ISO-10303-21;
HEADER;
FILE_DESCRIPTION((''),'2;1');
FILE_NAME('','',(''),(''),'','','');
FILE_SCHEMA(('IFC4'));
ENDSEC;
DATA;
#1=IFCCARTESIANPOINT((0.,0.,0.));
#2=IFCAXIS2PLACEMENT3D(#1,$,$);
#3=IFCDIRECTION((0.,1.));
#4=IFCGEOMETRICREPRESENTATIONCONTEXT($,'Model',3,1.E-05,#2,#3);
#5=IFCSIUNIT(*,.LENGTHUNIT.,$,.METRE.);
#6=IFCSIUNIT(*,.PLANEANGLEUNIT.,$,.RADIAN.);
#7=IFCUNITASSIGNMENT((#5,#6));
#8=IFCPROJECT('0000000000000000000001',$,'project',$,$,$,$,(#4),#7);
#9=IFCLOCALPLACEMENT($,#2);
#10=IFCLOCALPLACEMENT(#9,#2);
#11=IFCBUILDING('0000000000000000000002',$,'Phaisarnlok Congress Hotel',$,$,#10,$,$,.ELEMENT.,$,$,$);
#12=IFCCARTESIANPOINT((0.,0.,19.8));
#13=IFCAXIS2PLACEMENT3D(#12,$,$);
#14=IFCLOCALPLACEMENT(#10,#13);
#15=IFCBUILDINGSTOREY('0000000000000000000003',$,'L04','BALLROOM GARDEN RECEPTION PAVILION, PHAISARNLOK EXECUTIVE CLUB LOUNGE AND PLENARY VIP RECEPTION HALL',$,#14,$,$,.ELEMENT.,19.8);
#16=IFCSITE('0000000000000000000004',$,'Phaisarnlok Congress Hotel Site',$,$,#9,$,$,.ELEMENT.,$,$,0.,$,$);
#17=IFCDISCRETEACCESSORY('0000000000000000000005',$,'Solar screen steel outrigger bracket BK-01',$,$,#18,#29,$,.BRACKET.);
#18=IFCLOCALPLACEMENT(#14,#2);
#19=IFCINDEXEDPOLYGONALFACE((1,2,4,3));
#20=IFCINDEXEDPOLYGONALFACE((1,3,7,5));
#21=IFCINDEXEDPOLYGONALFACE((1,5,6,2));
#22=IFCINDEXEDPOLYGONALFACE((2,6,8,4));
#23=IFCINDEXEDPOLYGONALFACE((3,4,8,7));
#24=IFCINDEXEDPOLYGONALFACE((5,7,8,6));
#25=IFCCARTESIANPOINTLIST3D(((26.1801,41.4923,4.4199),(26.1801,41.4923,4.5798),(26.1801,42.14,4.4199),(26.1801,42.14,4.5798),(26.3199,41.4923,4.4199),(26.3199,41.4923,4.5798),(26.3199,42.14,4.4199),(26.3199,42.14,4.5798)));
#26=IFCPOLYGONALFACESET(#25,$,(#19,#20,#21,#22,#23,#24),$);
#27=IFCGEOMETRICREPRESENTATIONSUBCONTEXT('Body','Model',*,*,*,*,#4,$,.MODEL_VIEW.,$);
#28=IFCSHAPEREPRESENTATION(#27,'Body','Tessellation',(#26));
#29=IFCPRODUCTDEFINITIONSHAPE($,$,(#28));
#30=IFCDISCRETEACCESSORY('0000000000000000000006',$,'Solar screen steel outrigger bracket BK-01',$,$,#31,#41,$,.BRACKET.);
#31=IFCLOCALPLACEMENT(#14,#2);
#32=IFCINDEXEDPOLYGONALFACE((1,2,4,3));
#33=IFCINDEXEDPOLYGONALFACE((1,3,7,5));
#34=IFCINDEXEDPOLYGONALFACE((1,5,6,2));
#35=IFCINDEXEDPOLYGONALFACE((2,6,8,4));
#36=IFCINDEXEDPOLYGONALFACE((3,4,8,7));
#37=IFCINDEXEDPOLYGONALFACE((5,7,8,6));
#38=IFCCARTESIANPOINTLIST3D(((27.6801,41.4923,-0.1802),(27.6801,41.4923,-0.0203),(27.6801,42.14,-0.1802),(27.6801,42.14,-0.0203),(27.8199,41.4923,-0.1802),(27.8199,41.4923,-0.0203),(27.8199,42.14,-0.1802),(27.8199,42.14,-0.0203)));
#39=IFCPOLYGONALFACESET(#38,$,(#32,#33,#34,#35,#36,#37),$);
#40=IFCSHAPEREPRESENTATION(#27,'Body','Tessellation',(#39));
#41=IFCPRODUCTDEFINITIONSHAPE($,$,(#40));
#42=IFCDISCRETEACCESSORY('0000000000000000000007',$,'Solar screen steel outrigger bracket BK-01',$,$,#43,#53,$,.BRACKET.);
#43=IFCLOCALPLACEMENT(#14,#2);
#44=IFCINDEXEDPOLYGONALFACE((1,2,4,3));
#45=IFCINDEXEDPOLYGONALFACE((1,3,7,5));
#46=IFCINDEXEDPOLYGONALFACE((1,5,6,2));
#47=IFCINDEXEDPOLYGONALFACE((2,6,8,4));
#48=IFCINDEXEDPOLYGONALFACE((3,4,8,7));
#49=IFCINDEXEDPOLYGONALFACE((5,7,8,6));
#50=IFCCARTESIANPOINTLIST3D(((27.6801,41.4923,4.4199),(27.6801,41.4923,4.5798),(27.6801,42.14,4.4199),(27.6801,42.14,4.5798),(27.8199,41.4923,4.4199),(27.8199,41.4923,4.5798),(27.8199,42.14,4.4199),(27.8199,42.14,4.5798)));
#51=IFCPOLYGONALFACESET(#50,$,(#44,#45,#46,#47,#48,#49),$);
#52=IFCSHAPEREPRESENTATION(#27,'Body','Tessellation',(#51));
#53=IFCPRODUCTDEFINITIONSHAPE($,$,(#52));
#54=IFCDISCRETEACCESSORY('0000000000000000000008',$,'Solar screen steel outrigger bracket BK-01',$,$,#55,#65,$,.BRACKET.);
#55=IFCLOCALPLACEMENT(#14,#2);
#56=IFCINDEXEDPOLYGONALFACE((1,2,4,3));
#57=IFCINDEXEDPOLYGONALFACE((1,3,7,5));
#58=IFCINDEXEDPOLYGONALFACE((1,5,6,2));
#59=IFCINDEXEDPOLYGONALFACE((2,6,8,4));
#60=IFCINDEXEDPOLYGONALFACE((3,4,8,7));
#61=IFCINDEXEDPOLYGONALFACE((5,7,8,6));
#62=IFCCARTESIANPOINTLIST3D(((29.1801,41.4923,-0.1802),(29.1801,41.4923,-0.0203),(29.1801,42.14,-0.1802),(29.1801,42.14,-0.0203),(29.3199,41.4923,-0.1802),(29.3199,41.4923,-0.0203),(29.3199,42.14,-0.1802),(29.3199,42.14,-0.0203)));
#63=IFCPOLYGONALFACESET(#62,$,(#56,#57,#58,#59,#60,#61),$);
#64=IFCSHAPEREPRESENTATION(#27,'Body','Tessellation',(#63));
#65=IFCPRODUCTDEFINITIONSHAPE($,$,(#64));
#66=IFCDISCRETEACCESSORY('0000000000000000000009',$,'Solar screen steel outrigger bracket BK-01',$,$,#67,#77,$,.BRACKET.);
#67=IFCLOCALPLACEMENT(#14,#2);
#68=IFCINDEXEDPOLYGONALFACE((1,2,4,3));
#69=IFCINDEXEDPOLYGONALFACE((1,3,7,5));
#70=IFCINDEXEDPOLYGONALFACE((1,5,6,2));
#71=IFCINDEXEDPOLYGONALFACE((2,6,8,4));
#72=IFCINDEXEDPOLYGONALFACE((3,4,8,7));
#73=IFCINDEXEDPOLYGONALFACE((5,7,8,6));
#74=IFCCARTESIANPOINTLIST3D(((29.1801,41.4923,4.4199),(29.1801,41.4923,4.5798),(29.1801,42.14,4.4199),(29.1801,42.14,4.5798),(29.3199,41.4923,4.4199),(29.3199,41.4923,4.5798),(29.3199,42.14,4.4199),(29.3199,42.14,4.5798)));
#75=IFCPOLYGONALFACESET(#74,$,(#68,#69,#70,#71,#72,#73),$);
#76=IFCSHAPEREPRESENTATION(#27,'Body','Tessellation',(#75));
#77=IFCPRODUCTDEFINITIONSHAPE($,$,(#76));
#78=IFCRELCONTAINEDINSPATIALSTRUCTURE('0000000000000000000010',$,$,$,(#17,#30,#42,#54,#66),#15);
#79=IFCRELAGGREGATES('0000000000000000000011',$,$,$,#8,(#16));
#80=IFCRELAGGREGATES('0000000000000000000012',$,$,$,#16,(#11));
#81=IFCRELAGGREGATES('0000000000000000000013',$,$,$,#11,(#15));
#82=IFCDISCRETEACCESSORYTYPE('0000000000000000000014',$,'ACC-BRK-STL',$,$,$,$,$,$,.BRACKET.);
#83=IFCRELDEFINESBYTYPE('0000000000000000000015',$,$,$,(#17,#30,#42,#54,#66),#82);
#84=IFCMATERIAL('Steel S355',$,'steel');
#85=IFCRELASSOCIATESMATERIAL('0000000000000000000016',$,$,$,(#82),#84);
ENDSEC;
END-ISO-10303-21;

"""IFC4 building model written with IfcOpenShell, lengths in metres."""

from ifc_helpers import new_model, si_unit, direction, frame, origin, origin_2d, place, context, subcontext, project, spatial, rectangle, extrude, material, type_object, element, save


model = new_model("IFC4")

# Units and contexts
model_context = context("Model", 3, precision=1e-05, world=origin(), true_north=direction((0.0, 1.0)))
body_context = subcontext(model_context, "Body", "Model", "MODEL_VIEW")
ifc_project = project(units=[si_unit("LENGTHUNIT", "METRE"), si_unit("PLANEANGLEUNIT", "RADIAN")], contexts=[model_context])

# Site, building, storey
site_placement = place(None, origin())
site = spatial("IfcSite", under=ifc_project, at=site_placement, Name="Phaisarnlok Congress Hotel Site", CompositionType="ELEMENT", RefElevation=0.0)
building_placement = place(site_placement, origin())
building = spatial("IfcBuilding", under=site, at=building_placement, Name="Phaisarnlok Congress Hotel", CompositionType="ELEMENT")
storey_placement = place(building_placement, frame((0.0, 0.0, 19.8)))
storey = spatial("IfcBuildingStorey", under=building, at=storey_placement, Name="L04", Description="BALLROOM GARDEN RECEPTION PAVILION, PHAISARNLOK EXECUTIVE CLUB LOUNGE AND PLENARY VIP RECEPTION HALL", CompositionType="ELEMENT", Elevation=19.8)

# Discrete accessories
ifc_material = material(Name="Steel S355", Category="steel")
discrete_accessory_type = type_object("IfcDiscreteAccessoryType", Name="ACC-BRK-STL", PredefinedType="BRACKET", material=ifc_material)
for number, where, z_axis, x_axis, name in (
    (1, (26.25, 41.8162, 4.4199), (0.0, 0.0, 1.0), (1.0, 0.0, 0.0), "Solar screen steel outrigger bracket BK-01"),
    (2, (27.75, 41.8162, -0.1802), (0.0, 0.0, 1.0), (1.0, 0.0, 0.0), "Solar screen steel outrigger bracket BK-01"),
    (3, (27.75, 41.8162, 4.4199), (0.0, 0.0, 1.0), (1.0, 0.0, 0.0), "Solar screen steel outrigger bracket BK-01"),
    (4, (29.25, 41.8162, -0.1802), (0.0, 0.0, 1.0), (1.0, 0.0, 0.0), "Solar screen steel outrigger bracket BK-01"),
    (5, (29.25, 41.8162, 4.4199), (0.0, 0.0, 1.0), (1.0, 0.0, 0.0), "Solar screen steel outrigger bracket BK-01"),
):
    element("IfcDiscreteAccessory", number, at=place(storey_placement, frame(where, z_axis=z_axis, x_axis=x_axis)), inside=storey, type_object=discrete_accessory_type, Name=name, PredefinedType="BRACKET", context=body_context, shape_type="SweptSolid", body=[
        extrude(rectangle(XDim=0.1399, YDim=0.6477, at=origin_2d()), origin(), (0.0, 0.0, 1.0), 0.1599),
    ])

save(model, "model.ifc")
